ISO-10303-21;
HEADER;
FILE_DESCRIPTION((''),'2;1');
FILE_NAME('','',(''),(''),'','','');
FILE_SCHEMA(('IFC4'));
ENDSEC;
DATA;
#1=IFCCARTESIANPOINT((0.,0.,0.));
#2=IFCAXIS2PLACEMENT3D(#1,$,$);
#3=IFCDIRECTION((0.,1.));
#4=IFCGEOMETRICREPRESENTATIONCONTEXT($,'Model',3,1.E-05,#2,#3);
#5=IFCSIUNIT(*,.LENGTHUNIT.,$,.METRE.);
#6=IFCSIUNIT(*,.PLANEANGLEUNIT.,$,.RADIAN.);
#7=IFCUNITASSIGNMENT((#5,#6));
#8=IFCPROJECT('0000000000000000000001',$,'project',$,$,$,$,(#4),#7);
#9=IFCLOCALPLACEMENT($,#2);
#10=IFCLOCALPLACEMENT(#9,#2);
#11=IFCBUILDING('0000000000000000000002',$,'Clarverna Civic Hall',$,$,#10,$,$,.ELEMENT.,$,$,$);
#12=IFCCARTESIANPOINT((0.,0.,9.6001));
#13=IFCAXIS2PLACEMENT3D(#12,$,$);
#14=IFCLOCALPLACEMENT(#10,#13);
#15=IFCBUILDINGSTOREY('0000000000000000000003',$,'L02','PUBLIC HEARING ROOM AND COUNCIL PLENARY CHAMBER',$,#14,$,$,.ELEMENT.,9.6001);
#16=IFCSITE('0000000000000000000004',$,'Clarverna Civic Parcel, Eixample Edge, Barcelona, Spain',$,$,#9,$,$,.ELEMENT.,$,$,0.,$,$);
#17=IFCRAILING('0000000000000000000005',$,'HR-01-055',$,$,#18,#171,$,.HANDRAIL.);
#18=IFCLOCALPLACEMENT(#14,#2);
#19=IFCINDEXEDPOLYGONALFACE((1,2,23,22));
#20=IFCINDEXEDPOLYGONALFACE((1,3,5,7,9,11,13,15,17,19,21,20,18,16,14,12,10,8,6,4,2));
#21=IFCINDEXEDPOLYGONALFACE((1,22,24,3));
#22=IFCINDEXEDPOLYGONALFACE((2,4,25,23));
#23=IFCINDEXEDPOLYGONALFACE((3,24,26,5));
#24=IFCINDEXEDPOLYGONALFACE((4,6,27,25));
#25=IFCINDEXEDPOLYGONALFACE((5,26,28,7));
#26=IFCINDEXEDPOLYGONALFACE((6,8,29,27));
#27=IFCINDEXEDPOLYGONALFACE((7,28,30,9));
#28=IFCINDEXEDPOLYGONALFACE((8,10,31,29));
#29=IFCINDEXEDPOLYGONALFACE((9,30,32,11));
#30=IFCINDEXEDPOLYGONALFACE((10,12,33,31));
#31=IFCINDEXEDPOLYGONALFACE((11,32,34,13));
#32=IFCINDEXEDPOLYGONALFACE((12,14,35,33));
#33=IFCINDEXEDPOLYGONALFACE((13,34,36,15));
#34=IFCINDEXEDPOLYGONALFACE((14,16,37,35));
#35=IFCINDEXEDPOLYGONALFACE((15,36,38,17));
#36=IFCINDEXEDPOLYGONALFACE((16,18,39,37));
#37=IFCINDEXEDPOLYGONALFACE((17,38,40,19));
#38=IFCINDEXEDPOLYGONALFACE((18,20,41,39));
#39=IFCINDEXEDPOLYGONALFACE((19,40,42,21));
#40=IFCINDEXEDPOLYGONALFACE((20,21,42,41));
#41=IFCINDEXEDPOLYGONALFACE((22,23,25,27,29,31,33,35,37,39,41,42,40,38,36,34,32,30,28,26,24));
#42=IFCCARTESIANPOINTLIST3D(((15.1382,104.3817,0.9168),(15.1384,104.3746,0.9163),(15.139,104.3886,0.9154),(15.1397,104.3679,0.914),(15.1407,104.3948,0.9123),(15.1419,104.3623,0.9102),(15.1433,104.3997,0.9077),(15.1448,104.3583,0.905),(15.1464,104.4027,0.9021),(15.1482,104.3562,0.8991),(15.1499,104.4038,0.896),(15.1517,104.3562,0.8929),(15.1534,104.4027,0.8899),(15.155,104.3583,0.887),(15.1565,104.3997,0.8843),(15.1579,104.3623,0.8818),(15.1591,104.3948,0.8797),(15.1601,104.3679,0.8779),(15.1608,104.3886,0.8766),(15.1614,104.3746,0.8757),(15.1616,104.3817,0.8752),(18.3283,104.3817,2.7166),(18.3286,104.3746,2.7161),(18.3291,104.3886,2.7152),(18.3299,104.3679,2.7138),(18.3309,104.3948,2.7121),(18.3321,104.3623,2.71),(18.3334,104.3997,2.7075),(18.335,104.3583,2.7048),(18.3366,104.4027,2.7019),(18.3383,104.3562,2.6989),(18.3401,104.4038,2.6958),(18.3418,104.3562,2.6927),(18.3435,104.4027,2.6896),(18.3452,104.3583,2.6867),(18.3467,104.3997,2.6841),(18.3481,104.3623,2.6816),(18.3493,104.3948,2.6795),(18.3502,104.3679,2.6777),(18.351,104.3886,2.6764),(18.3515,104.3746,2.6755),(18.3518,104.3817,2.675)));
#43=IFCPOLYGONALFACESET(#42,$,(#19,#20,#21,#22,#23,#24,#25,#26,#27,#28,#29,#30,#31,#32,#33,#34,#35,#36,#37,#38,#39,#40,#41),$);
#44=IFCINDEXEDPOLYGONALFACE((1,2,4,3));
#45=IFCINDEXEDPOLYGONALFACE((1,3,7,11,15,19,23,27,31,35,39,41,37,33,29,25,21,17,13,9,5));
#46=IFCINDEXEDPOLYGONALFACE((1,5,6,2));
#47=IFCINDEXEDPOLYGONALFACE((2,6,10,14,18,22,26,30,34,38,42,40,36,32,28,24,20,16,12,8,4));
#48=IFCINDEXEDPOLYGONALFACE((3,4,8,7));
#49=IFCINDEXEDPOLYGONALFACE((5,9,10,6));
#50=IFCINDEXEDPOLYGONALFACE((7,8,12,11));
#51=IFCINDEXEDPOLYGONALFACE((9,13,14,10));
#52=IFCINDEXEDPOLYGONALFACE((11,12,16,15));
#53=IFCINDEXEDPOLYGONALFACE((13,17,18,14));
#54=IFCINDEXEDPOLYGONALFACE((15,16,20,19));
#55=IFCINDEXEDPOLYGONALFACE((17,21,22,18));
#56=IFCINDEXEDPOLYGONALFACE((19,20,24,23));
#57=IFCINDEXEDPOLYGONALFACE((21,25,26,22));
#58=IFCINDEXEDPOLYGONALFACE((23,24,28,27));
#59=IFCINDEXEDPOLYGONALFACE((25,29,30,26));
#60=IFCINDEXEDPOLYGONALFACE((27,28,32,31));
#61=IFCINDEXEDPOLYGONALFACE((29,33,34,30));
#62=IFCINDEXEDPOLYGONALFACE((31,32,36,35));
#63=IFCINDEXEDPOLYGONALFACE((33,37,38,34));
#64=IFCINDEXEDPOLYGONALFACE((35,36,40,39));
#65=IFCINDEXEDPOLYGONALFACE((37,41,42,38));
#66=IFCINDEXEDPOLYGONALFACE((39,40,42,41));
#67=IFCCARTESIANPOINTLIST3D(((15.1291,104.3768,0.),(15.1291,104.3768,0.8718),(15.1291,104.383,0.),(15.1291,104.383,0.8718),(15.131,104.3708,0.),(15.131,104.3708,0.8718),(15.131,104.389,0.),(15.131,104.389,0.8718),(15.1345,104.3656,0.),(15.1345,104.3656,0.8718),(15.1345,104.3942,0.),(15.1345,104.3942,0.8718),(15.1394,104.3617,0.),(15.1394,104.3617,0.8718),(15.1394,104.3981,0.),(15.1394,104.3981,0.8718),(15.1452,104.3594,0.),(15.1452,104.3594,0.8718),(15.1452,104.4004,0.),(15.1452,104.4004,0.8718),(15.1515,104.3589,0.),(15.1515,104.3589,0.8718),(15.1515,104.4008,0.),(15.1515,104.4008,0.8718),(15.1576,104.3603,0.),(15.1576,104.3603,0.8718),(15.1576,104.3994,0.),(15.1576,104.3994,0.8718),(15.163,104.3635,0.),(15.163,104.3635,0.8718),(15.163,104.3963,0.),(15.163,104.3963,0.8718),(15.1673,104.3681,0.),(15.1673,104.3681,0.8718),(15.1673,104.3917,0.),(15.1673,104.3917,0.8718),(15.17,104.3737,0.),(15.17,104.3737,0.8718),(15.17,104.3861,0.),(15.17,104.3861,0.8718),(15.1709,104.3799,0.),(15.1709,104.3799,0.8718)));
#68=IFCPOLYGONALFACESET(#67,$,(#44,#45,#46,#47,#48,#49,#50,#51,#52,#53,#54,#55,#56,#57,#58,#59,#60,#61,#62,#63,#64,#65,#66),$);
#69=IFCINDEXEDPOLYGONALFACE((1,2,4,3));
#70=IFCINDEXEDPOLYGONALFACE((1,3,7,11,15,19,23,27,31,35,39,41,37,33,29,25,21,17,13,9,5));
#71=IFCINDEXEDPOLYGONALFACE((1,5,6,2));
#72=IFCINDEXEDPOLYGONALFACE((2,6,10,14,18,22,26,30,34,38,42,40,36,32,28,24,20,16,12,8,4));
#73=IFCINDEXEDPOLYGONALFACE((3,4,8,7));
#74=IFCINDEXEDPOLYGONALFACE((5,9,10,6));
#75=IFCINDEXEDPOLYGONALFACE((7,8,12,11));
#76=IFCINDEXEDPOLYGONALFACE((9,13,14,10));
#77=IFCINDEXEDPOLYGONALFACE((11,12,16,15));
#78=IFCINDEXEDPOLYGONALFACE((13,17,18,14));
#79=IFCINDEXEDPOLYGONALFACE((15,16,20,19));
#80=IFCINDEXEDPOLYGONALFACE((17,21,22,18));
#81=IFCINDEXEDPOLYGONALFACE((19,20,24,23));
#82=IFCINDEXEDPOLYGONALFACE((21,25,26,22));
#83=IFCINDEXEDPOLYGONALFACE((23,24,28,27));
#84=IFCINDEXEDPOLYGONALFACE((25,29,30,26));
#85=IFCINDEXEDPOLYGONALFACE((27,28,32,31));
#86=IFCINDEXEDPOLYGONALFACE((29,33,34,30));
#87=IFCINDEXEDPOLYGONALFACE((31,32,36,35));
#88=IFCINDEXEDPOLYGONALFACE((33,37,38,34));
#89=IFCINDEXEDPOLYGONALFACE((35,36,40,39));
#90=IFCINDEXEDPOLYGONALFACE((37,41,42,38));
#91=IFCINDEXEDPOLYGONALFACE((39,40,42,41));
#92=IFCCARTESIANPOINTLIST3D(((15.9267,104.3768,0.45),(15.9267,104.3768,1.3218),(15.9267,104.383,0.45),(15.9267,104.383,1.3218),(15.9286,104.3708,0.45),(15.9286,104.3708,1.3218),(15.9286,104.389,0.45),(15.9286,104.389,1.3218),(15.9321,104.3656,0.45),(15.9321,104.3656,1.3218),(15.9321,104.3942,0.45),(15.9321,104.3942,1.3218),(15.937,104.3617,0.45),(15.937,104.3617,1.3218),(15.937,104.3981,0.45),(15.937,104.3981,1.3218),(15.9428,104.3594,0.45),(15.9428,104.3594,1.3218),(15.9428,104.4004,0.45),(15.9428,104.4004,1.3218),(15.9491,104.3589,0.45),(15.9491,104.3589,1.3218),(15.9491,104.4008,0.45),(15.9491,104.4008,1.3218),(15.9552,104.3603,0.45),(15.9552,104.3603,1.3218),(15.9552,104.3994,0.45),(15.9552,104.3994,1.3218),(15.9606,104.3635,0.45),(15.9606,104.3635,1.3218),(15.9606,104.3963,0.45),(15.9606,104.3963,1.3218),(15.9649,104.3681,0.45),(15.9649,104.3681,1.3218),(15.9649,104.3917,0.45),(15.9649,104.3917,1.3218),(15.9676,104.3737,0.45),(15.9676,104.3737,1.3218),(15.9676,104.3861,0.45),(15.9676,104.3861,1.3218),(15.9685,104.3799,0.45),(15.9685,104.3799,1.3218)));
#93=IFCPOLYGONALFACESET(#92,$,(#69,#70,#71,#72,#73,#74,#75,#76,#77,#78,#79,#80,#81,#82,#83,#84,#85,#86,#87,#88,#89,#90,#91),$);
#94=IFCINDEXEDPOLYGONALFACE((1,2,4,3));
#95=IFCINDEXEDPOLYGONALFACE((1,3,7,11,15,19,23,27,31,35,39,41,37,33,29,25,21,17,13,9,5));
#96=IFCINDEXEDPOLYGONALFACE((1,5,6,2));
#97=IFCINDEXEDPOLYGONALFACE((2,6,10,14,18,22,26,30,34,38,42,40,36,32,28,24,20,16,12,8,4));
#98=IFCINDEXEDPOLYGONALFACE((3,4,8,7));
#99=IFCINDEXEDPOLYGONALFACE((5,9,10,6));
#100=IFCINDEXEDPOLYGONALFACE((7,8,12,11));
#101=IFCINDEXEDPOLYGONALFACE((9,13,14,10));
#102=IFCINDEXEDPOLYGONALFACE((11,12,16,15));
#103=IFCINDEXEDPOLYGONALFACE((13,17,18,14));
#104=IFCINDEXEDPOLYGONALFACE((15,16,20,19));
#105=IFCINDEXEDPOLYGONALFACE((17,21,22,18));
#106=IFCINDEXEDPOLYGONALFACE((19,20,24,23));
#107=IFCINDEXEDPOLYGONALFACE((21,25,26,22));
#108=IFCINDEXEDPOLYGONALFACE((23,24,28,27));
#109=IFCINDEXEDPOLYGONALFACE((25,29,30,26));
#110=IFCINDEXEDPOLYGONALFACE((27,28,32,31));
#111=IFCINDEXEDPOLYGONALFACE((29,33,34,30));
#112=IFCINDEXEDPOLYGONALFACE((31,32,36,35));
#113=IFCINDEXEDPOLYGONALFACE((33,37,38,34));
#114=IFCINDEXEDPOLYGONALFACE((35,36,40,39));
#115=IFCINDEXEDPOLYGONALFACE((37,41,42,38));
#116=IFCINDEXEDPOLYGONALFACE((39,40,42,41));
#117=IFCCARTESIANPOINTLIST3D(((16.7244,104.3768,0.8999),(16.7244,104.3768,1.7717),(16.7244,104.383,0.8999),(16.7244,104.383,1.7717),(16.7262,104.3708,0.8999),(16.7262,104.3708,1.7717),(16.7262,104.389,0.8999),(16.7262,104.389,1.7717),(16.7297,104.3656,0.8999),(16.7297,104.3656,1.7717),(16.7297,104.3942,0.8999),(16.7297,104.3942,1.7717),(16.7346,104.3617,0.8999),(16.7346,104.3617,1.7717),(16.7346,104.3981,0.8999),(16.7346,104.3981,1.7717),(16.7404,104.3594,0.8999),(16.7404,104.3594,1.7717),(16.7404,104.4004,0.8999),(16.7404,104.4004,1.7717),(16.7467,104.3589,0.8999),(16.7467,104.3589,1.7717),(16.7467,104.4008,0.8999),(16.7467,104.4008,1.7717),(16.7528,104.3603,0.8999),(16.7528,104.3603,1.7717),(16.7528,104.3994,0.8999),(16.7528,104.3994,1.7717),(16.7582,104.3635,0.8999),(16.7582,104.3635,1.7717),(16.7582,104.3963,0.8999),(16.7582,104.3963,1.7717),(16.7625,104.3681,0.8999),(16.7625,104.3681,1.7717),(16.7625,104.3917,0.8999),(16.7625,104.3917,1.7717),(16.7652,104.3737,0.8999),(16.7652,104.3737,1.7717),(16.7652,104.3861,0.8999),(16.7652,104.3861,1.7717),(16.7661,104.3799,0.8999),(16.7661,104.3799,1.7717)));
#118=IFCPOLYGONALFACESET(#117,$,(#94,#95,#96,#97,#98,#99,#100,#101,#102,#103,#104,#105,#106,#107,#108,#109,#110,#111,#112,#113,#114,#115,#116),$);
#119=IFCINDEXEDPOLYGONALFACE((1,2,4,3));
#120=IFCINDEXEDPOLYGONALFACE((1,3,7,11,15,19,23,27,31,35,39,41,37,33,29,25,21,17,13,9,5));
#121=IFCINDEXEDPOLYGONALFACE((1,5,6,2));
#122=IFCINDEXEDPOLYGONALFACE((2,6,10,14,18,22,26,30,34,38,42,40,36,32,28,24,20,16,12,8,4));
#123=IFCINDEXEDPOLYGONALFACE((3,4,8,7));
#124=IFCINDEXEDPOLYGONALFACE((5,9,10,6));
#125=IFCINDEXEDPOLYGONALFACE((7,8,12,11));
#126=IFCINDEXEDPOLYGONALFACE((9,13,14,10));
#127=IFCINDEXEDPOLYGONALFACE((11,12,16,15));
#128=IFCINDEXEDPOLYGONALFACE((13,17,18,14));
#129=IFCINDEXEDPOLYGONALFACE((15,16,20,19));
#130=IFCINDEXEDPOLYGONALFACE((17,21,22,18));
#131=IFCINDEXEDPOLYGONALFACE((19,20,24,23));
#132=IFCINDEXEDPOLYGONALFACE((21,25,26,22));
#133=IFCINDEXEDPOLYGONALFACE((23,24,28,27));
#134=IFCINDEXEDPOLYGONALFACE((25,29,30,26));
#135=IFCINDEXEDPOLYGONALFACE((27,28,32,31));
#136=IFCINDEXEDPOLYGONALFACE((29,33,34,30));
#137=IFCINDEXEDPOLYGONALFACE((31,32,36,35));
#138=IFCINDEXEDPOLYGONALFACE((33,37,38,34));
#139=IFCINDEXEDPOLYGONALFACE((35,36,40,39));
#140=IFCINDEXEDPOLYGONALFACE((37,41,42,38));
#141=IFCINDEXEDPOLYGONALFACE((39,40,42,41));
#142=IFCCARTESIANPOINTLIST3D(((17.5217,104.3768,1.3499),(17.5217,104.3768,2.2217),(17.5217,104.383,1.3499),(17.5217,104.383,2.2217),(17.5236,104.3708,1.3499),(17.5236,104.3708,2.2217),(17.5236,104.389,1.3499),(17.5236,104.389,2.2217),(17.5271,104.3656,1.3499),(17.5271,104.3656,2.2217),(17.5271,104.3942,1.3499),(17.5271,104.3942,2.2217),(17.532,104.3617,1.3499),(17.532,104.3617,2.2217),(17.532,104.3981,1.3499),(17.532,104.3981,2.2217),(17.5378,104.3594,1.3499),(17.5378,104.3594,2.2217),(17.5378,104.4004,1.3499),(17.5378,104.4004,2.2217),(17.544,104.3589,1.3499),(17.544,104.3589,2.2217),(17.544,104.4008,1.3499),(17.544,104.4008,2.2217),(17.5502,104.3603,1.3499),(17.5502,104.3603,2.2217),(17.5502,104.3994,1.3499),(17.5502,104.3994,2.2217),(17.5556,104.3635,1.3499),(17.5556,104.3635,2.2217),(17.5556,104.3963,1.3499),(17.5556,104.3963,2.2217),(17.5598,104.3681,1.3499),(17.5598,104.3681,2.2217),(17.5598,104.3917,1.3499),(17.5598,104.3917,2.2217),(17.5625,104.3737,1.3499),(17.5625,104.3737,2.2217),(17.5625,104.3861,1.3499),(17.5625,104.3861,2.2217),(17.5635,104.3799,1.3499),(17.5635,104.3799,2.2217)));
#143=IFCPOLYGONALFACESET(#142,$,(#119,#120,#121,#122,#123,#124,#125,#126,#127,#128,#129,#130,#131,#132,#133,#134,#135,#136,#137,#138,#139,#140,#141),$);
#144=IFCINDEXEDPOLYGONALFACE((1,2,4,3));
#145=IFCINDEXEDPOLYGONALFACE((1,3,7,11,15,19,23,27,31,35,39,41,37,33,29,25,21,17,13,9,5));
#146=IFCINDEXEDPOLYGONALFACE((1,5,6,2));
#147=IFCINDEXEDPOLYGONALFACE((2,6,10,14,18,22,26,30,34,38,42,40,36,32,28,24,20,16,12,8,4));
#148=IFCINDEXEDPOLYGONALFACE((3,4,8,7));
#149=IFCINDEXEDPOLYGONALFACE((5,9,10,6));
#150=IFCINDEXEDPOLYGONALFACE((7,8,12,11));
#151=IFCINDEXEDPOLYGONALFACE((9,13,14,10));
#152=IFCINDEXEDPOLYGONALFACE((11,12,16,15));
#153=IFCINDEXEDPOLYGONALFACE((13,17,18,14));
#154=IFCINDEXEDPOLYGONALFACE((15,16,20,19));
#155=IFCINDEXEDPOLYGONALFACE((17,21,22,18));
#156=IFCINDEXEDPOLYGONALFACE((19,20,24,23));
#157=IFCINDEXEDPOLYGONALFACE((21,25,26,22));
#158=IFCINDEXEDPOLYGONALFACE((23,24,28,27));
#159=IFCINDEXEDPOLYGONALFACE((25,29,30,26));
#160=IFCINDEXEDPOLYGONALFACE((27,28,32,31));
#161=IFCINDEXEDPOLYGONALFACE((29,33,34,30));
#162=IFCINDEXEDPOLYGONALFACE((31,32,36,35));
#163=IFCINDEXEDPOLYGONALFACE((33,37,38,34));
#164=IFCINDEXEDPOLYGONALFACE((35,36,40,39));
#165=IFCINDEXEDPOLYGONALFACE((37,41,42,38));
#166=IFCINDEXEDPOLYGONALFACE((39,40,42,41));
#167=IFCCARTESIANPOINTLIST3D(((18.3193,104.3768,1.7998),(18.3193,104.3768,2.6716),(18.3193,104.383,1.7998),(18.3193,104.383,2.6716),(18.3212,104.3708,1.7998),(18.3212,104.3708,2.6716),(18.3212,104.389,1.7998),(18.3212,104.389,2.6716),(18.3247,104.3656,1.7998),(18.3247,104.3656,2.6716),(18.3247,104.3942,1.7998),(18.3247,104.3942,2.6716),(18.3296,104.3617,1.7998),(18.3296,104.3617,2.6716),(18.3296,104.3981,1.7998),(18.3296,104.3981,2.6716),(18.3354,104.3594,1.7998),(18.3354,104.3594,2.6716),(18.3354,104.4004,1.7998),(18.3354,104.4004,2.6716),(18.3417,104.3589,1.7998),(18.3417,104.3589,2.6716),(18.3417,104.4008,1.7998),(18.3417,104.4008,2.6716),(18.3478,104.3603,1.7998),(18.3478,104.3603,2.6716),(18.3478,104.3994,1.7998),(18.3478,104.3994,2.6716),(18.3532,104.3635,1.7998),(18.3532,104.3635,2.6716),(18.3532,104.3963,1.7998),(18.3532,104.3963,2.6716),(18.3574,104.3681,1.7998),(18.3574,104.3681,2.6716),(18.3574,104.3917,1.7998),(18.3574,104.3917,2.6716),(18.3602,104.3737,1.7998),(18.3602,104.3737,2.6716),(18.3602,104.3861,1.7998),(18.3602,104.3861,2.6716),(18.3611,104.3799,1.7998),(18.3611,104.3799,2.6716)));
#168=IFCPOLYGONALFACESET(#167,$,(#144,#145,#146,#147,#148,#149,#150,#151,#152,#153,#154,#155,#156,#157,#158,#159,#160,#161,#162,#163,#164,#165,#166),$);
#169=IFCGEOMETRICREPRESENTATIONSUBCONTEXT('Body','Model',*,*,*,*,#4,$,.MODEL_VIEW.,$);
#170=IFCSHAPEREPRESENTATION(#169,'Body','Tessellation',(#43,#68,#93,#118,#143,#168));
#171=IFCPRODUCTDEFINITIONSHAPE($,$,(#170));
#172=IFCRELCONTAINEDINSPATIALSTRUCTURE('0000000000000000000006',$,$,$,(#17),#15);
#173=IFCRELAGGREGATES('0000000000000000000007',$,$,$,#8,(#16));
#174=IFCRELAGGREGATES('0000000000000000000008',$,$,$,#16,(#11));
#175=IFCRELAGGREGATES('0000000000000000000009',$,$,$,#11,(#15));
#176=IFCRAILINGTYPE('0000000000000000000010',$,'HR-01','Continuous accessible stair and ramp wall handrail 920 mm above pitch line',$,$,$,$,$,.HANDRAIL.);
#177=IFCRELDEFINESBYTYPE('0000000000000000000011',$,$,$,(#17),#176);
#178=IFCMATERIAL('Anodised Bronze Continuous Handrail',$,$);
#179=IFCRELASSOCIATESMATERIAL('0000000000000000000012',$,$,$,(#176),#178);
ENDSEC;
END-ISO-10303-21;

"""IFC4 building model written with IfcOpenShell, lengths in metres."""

from ifc_helpers import new_model, si_unit, direction, frame, origin, origin_2d, place, context, subcontext, project, spatial, circle, extrude, material, type_object, element, save


model = new_model("IFC4")

# Units and contexts
model_context = context("Model", 3, precision=1e-05, world=origin(), true_north=direction((0.0, 1.0)))
body_context = subcontext(model_context, "Body", "Model", "MODEL_VIEW")
ifc_project = project(units=[si_unit("LENGTHUNIT", "METRE"), si_unit("PLANEANGLEUNIT", "RADIAN")], contexts=[model_context])

# Site, building, storey
site_placement = place(None, origin())
site = spatial("IfcSite", under=ifc_project, at=site_placement, Name="Clarverna Civic Parcel, Eixample Edge, Barcelona, Spain", CompositionType="ELEMENT", RefElevation=0.0)
building_placement = place(site_placement, origin())
building = spatial("IfcBuilding", under=site, at=building_placement, Name="Clarverna Civic Hall", CompositionType="ELEMENT")
storey_placement = place(building_placement, frame((0.0, 0.0, 9.6001)))
storey = spatial("IfcBuildingStorey", under=building, at=storey_placement, Name="L02", Description="PUBLIC HEARING ROOM AND COUNCIL PLENARY CHAMBER", CompositionType="ELEMENT", Elevation=9.6001)

# Railing
ifc_material_1 = material(Name="Anodised Bronze Continuous Handrail")
railing_type_1 = type_object("IfcRailingType", Name="HR-01", Description="Continuous accessible stair and ramp wall handrail 920 mm above pitch line", PredefinedType="HANDRAIL", material=ifc_material_1)
railing_1_placement = place(storey_placement, frame((15.1499, 104.3799, 0.0)))
element("IfcRailing", 1, at=railing_1_placement, inside=storey, type_object=railing_type_1, Name="HR-01-055", PredefinedType="HANDRAIL", context=body_context, shape_type="SweptSolid", body=[
    extrude(circle(Radius=0.0239, at=origin_2d()), frame((0.0, 0.0, 0.896), z_axis=(0.870954, 0.0, 0.491365), x_axis=(0.0, 1.0, 0.0)), (0.0, 0.0, 1.0), 3.6628),
    extrude(circle(Radius=0.021, at=origin_2d()), origin(), (0.0, 0.0, 1.0), 0.8718),
    extrude(circle(Radius=0.021, at=origin_2d()), frame((0.7976, 0.0, 0.45)), (0.0, 0.0, 1.0), 0.8718),
    extrude(circle(Radius=0.021, at=origin_2d()), frame((1.5952, 0.0, 0.8999)), (0.0, 0.0, 1.0), 0.8718),
    extrude(circle(Radius=0.021, at=origin_2d()), frame((2.3926, 0.0, 1.3499)), (0.0, 0.0, 1.0), 0.8718),
    extrude(circle(Radius=0.021, at=origin_2d()), frame((3.1902, 0.0, 1.7998)), (0.0, 0.0, 1.0), 0.8718),
])

save(model, "model.ifc")
